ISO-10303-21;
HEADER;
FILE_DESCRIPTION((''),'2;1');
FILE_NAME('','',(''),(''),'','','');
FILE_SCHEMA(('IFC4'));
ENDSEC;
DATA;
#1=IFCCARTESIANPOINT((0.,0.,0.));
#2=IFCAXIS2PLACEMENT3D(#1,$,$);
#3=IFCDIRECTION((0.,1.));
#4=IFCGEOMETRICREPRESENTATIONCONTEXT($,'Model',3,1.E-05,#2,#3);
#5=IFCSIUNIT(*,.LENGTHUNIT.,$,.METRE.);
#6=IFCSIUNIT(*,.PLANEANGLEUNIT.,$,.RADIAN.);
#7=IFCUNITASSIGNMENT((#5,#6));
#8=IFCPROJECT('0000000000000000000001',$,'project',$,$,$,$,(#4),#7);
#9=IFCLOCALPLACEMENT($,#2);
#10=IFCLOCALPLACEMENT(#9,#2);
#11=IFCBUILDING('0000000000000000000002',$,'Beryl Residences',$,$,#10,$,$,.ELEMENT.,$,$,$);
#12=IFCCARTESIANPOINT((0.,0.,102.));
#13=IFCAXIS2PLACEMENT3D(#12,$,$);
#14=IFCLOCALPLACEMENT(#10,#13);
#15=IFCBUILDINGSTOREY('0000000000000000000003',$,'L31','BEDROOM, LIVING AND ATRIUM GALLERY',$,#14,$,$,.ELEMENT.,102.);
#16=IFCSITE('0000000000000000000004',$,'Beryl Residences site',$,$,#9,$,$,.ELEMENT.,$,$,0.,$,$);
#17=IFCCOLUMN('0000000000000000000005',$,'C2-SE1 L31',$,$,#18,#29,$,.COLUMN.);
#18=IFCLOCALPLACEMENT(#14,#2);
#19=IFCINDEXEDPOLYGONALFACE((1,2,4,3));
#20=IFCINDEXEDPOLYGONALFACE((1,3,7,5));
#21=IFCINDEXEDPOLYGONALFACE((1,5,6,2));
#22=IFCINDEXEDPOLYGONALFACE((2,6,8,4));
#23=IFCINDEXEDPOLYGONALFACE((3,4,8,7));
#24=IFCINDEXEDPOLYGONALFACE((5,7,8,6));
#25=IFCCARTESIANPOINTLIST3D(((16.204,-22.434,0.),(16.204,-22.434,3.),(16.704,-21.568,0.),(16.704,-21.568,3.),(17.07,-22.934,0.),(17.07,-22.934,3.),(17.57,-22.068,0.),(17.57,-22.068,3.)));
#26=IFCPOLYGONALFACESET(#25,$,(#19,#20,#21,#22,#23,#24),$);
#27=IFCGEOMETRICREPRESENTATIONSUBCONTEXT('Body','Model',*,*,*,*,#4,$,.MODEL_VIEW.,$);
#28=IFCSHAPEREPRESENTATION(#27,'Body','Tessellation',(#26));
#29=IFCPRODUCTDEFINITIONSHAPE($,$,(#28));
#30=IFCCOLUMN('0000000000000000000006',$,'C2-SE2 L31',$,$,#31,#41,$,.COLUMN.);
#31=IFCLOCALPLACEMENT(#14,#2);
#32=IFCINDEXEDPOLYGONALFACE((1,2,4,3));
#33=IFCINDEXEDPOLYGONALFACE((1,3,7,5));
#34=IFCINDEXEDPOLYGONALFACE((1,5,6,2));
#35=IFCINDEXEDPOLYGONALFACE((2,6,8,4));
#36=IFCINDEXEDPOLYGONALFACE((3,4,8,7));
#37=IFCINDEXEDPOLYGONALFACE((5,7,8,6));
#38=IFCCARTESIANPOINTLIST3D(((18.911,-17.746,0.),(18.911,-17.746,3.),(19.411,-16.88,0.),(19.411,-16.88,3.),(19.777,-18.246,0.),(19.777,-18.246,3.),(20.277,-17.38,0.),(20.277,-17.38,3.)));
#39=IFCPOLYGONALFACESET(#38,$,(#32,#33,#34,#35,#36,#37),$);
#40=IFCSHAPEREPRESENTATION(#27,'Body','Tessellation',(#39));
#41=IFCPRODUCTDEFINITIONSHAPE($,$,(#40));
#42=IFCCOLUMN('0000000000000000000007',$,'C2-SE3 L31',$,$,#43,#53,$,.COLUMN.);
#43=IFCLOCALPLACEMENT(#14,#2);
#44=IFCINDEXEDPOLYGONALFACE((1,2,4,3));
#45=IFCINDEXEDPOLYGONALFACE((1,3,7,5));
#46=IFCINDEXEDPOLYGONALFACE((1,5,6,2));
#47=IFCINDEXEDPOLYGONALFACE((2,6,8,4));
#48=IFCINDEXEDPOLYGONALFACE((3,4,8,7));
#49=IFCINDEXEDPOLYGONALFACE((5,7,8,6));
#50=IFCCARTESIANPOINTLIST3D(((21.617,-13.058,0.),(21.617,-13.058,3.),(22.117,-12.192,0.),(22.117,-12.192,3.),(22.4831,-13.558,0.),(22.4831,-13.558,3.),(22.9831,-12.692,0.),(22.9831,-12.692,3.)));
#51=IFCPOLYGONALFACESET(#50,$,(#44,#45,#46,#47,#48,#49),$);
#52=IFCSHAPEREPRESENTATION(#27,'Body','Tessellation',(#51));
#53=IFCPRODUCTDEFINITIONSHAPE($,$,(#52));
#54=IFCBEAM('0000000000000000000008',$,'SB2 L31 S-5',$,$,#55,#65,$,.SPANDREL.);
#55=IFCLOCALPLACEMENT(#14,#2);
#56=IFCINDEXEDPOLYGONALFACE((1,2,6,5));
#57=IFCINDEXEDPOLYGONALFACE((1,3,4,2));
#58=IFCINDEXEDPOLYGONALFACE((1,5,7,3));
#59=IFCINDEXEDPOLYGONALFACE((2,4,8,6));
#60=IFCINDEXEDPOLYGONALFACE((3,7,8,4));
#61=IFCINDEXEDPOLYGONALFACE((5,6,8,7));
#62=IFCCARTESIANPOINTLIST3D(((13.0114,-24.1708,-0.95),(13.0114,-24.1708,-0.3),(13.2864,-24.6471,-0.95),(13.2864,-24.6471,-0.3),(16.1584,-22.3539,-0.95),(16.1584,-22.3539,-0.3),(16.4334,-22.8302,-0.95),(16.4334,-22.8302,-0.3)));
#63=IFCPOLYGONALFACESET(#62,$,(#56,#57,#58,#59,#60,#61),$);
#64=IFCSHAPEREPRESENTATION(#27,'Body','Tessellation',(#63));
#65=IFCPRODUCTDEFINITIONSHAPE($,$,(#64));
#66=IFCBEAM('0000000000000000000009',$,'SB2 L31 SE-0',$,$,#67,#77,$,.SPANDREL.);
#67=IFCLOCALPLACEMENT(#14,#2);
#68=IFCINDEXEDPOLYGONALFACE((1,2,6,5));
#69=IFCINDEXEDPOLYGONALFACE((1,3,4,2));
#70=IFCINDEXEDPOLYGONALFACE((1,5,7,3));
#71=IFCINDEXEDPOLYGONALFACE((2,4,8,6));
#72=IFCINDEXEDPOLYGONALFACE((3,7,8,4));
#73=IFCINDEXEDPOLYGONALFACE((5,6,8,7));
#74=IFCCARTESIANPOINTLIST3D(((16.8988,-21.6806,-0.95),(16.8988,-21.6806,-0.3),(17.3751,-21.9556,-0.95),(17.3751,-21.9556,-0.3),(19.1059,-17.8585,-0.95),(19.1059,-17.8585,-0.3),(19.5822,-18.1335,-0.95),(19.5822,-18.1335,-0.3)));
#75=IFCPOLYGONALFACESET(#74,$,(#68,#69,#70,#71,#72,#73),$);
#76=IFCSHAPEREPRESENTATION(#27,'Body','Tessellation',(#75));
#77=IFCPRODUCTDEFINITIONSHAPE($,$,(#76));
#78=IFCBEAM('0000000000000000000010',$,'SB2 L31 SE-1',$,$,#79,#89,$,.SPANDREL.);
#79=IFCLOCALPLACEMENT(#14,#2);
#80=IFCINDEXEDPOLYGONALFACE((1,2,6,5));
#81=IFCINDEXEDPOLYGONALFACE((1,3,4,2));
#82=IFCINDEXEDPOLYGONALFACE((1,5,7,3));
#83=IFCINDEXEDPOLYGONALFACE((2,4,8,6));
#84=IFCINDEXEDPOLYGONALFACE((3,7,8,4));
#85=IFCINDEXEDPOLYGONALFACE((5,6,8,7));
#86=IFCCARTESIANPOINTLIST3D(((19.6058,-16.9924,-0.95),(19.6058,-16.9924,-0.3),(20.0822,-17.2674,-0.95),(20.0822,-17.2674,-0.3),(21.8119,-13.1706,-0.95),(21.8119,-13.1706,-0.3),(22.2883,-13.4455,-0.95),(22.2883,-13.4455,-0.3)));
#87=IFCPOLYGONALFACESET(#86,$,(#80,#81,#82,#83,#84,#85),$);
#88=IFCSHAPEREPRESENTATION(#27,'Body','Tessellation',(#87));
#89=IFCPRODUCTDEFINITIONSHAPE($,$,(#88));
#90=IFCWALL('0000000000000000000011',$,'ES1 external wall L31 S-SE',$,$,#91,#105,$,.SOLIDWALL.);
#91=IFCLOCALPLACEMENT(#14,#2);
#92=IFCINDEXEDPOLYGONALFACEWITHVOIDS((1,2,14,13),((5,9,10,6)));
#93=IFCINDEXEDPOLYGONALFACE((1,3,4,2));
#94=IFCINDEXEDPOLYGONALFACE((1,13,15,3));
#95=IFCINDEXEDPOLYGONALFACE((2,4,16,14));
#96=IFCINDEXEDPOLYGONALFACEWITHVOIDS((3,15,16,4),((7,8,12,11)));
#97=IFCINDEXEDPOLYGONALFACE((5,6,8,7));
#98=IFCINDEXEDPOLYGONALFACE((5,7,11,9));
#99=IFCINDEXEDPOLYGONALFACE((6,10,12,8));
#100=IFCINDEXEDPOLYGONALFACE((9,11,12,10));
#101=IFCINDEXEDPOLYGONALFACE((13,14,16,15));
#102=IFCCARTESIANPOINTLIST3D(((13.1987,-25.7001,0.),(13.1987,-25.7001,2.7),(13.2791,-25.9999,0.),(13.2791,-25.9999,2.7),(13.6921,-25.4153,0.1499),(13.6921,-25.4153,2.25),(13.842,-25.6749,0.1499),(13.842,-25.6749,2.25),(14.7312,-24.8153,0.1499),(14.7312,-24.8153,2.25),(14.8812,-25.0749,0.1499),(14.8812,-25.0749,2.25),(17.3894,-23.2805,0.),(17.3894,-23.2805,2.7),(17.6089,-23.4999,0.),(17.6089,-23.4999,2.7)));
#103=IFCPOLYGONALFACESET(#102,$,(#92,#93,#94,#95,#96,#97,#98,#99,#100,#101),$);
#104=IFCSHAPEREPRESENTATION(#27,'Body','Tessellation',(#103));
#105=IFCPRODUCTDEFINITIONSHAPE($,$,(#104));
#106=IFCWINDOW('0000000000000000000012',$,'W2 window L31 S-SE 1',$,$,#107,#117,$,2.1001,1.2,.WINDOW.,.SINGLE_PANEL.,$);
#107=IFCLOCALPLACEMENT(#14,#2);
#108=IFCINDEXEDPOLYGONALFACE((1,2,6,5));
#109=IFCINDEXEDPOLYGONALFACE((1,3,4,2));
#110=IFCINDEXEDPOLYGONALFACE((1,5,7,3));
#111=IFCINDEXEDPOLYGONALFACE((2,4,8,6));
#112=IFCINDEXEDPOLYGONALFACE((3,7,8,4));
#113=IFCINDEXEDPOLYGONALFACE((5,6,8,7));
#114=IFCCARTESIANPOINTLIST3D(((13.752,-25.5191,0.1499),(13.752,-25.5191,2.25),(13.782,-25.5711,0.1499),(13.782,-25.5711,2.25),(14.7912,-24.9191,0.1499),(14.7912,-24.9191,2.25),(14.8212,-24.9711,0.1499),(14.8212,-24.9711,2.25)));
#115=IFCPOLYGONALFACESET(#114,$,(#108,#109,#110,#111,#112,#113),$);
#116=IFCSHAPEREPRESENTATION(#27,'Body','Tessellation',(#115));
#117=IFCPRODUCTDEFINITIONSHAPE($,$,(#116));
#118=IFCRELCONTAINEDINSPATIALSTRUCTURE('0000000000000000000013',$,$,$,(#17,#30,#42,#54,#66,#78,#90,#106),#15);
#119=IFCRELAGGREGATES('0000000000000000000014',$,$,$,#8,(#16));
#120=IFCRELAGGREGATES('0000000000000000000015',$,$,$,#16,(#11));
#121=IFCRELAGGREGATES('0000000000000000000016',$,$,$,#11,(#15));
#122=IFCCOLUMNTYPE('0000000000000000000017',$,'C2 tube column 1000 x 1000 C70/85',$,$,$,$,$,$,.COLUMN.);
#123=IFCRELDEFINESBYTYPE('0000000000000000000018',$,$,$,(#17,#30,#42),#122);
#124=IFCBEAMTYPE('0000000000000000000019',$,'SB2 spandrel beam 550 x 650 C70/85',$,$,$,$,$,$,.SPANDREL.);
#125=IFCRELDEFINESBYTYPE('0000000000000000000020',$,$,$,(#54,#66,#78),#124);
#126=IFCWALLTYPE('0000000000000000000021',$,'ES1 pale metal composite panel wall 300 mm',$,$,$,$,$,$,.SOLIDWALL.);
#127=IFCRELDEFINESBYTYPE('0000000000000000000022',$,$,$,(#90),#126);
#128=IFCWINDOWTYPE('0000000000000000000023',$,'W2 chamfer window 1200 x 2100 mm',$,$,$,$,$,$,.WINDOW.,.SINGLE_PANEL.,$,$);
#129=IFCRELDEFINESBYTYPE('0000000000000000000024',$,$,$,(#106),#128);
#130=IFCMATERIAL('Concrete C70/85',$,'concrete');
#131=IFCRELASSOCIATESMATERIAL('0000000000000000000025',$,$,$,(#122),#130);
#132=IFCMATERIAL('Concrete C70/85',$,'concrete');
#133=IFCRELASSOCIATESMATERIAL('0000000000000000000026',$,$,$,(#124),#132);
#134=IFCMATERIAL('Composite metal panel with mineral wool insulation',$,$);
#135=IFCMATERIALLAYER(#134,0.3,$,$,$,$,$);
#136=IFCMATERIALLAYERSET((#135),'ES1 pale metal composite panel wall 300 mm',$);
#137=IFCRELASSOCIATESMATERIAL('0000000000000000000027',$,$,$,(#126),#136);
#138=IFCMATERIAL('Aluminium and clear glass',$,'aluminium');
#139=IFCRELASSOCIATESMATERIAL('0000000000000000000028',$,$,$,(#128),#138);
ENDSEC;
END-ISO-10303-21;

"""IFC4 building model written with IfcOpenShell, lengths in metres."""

from ifc_helpers import new_model, si_unit, direction, frame, frame_2d, origin, origin_2d, place, context, subcontext, project, spatial, polyline, rectangle, outline, extrude, material, layer, layer_set, material_profile, profile_set, type_object, element, fill, save


model = new_model("IFC4")

# Units and contexts
model_context = context("Model", 3, precision=1e-05, world=origin(), true_north=direction((0.0, 1.0)))
body_context = subcontext(model_context, "Body", "Model", "MODEL_VIEW")
ifc_project = project(units=[si_unit("LENGTHUNIT", "METRE"), si_unit("PLANEANGLEUNIT", "RADIAN")], contexts=[model_context])

# Site, building, storey
site_placement = place(None, origin())
site = spatial("IfcSite", under=ifc_project, at=site_placement, Name="Beryl Residences site", CompositionType="ELEMENT", RefElevation=0.0)
building_placement = place(site_placement, origin())
building = spatial("IfcBuilding", under=site, at=building_placement, Name="Beryl Residences", CompositionType="ELEMENT")
storey_placement = place(building_placement, frame((0.0, 0.0, 102.0)))
storey = spatial("IfcBuildingStorey", under=building, at=storey_placement, Name="L31", Description="BEDROOM, LIVING AND ATRIUM GALLERY", CompositionType="ELEMENT", Elevation=102.0)

# Columns
ifc_material_1 = material(Name="Concrete C70/85", Category="concrete")
ifc_material_profile_1 = material_profile(ifc_material_1, rectangle(XDim=1.0, YDim=1.0, at=origin_2d()))
ifc_profile_set_1 = profile_set([ifc_material_profile_1], Name="Concrete C70/85")
column_type = type_object("IfcColumnType", Name="C2 tube column 1000 x 1000 C70/85", PredefinedType="COLUMN", material=ifc_profile_set_1)
for number, where, z_axis, x_axis, name in (
    (1, (16.887, -22.251, 0.0), (0.0, 0.0, 1.0), (0.5, 0.866025, 0.0), "C2-SE1 L31"),
    (2, (19.594, -17.563, 0.0), (0.0, 0.0, 1.0), (0.5, 0.866025, 0.0), "C2-SE2 L31"),
    (3, (22.3, -12.875, 0.0), (0.0, 0.0, 1.0), (0.5, 0.866025, 0.0), "C2-SE3 L31"),
):
    element("IfcColumn", number, at=place(storey_placement, frame(where, z_axis=z_axis, x_axis=x_axis)), inside=storey, type_object=column_type, Name=name, PredefinedType="COLUMN", context=body_context, shape_type="SweptSolid", body=[
        extrude(rectangle(XDim=1.0, YDim=1.0, at=origin_2d()), origin(), (0.0, 0.0, 1.0), 3.0),
    ])

# Beams
ifc_material_2 = material(Name="Concrete C70/85", Category="concrete")
ifc_material_profile_2 = material_profile(ifc_material_2, rectangle(XDim=0.55, YDim=0.6499, at=origin_2d()))
ifc_profile_set_2 = profile_set([ifc_material_profile_2], Name="Concrete C70/85")
beam_type = type_object("IfcBeamType", Name="SB2 spandrel beam 550 x 650 C70/85", PredefinedType="SPANDREL", material=ifc_profile_set_2)
beam_1_placement = place(storey_placement, frame((13.1489, -24.4089, -0.625), z_axis=(0.866027, 0.499998, 0.0), x_axis=(-0.499998, 0.866027, 0.0)))
element("IfcBeam", 4, at=beam_1_placement, inside=storey, type_object=beam_type, Name="SB2 L31 S-5", PredefinedType="SPANDREL", context=body_context, shape_type="SweptSolid", body=[
    extrude(rectangle(XDim=0.55, YDim=0.6499, at=origin_2d()), origin(), (0.0, 0.0, 1.0), 3.6338),
])
beam_2_placement = place(storey_placement, frame((17.137, -21.8181, -0.625), z_axis=(0.500066, 0.865988, 0.0), x_axis=(-0.865988, 0.500066, 0.0)))
element("IfcBeam", 5, at=beam_2_placement, inside=storey, type_object=beam_type, Name="SB2 L31 SE-0", PredefinedType="SPANDREL", context=body_context, shape_type="SweptSolid", body=[
    extrude(rectangle(XDim=0.55, YDim=0.6499, at=origin_2d()), origin(), (0.0, 0.0, 1.0), 4.4136),
])
beam_3_placement = place(storey_placement, frame((19.844, -17.1299, -0.625), z_axis=(0.499924, 0.86607, 0.0), x_axis=(-0.86607, 0.499924, 0.0)))
element("IfcBeam", 6, at=beam_3_placement, inside=storey, type_object=beam_type, Name="SB2 L31 SE-1", PredefinedType="SPANDREL", context=body_context, shape_type="SweptSolid", body=[
    extrude(rectangle(XDim=0.55, YDim=0.6499, at=origin_2d()), origin(), (0.0, 0.0, 1.0), 4.4128),
])

# Wall, opening, window
ifc_material_3 = material(Name="Composite metal panel with mineral wool insulation")
ifc_layer_1 = layer(ifc_material_3, 0.3)
ifc_layer_set_1 = layer_set([ifc_layer_1], Name="ES1 pale metal composite panel wall 300 mm")
wall_type_1 = type_object("IfcWallType", Name="ES1 pale metal composite panel wall 300 mm", PredefinedType="SOLIDWALL", material=ifc_layer_set_1)
wall_1_placement = place(storey_placement, frame((13.2041, -25.8701, 0.0), z_axis=(0.0, 0.0, 1.0), x_axis=(0.866011, 0.500025, 0.0)))
wall_1 = element("IfcWall", 7, at=wall_1_placement, inside=storey, type_object=wall_type_1, Name="ES1 external wall L31 S-SE", PredefinedType="SOLIDWALL", context=body_context, shape_type="SweptSolid", body=[
    extrude(outline(polyline([(0.0, -0.1499), (4.9998, -0.1499), (4.9194, 0.1499), (0.0803, 0.1499), (0.0, -0.1499)])), origin(), (0.0, 0.0, 1.0), 2.7),
])
opening_1_placement = place(wall_1_placement, frame((0.6499, 0.0, 0.1499)))
opening_1 = element("IfcOpeningElement", 8, at=opening_1_placement, cuts=wall_1, PredefinedType="OPENING", context=body_context, shape_type="SweptSolid", body=[
    extrude(rectangle(XDim=1.2, YDim=2.1001, at=frame_2d((0.6001, 1.05))), frame((0.0, 0.1599, 0.0), z_axis=(0.0, -1.0, 0.0), x_axis=(1.0, 0.0, 0.0)), (0.0, 0.0, 1.0), 0.3201),
])
ifc_material_4 = material(Name="Aluminium and clear glass", Category="aluminium")
window_type_1 = type_object("IfcWindowType", Name="W2 chamfer window 1200 x 2100 mm", PartitioningType="SINGLE_PANEL", PredefinedType="WINDOW", material=ifc_material_4)
window_1_placement = place(opening_1_placement, origin())
window_1 = element("IfcWindow", 9, at=window_1_placement, inside=storey, type_object=window_type_1, Name="W2 window L31 S-SE 1", OverallHeight=2.1001, OverallWidth=1.2, PartitioningType="SINGLE_PANEL", PredefinedType="WINDOW", context=body_context, shape_type="SweptSolid", body=[
    extrude(rectangle(XDim=1.2, YDim=2.1001, at=frame_2d((0.6001, 1.05))), frame((0.0, 0.03, 0.0), z_axis=(0.0, -1.0, 0.0), x_axis=(1.0, 0.0, 0.0)), (0.0, 0.0, 1.0), 0.0601),
])
fill(opening_1, window_1)

save(model, "model.ifc")
